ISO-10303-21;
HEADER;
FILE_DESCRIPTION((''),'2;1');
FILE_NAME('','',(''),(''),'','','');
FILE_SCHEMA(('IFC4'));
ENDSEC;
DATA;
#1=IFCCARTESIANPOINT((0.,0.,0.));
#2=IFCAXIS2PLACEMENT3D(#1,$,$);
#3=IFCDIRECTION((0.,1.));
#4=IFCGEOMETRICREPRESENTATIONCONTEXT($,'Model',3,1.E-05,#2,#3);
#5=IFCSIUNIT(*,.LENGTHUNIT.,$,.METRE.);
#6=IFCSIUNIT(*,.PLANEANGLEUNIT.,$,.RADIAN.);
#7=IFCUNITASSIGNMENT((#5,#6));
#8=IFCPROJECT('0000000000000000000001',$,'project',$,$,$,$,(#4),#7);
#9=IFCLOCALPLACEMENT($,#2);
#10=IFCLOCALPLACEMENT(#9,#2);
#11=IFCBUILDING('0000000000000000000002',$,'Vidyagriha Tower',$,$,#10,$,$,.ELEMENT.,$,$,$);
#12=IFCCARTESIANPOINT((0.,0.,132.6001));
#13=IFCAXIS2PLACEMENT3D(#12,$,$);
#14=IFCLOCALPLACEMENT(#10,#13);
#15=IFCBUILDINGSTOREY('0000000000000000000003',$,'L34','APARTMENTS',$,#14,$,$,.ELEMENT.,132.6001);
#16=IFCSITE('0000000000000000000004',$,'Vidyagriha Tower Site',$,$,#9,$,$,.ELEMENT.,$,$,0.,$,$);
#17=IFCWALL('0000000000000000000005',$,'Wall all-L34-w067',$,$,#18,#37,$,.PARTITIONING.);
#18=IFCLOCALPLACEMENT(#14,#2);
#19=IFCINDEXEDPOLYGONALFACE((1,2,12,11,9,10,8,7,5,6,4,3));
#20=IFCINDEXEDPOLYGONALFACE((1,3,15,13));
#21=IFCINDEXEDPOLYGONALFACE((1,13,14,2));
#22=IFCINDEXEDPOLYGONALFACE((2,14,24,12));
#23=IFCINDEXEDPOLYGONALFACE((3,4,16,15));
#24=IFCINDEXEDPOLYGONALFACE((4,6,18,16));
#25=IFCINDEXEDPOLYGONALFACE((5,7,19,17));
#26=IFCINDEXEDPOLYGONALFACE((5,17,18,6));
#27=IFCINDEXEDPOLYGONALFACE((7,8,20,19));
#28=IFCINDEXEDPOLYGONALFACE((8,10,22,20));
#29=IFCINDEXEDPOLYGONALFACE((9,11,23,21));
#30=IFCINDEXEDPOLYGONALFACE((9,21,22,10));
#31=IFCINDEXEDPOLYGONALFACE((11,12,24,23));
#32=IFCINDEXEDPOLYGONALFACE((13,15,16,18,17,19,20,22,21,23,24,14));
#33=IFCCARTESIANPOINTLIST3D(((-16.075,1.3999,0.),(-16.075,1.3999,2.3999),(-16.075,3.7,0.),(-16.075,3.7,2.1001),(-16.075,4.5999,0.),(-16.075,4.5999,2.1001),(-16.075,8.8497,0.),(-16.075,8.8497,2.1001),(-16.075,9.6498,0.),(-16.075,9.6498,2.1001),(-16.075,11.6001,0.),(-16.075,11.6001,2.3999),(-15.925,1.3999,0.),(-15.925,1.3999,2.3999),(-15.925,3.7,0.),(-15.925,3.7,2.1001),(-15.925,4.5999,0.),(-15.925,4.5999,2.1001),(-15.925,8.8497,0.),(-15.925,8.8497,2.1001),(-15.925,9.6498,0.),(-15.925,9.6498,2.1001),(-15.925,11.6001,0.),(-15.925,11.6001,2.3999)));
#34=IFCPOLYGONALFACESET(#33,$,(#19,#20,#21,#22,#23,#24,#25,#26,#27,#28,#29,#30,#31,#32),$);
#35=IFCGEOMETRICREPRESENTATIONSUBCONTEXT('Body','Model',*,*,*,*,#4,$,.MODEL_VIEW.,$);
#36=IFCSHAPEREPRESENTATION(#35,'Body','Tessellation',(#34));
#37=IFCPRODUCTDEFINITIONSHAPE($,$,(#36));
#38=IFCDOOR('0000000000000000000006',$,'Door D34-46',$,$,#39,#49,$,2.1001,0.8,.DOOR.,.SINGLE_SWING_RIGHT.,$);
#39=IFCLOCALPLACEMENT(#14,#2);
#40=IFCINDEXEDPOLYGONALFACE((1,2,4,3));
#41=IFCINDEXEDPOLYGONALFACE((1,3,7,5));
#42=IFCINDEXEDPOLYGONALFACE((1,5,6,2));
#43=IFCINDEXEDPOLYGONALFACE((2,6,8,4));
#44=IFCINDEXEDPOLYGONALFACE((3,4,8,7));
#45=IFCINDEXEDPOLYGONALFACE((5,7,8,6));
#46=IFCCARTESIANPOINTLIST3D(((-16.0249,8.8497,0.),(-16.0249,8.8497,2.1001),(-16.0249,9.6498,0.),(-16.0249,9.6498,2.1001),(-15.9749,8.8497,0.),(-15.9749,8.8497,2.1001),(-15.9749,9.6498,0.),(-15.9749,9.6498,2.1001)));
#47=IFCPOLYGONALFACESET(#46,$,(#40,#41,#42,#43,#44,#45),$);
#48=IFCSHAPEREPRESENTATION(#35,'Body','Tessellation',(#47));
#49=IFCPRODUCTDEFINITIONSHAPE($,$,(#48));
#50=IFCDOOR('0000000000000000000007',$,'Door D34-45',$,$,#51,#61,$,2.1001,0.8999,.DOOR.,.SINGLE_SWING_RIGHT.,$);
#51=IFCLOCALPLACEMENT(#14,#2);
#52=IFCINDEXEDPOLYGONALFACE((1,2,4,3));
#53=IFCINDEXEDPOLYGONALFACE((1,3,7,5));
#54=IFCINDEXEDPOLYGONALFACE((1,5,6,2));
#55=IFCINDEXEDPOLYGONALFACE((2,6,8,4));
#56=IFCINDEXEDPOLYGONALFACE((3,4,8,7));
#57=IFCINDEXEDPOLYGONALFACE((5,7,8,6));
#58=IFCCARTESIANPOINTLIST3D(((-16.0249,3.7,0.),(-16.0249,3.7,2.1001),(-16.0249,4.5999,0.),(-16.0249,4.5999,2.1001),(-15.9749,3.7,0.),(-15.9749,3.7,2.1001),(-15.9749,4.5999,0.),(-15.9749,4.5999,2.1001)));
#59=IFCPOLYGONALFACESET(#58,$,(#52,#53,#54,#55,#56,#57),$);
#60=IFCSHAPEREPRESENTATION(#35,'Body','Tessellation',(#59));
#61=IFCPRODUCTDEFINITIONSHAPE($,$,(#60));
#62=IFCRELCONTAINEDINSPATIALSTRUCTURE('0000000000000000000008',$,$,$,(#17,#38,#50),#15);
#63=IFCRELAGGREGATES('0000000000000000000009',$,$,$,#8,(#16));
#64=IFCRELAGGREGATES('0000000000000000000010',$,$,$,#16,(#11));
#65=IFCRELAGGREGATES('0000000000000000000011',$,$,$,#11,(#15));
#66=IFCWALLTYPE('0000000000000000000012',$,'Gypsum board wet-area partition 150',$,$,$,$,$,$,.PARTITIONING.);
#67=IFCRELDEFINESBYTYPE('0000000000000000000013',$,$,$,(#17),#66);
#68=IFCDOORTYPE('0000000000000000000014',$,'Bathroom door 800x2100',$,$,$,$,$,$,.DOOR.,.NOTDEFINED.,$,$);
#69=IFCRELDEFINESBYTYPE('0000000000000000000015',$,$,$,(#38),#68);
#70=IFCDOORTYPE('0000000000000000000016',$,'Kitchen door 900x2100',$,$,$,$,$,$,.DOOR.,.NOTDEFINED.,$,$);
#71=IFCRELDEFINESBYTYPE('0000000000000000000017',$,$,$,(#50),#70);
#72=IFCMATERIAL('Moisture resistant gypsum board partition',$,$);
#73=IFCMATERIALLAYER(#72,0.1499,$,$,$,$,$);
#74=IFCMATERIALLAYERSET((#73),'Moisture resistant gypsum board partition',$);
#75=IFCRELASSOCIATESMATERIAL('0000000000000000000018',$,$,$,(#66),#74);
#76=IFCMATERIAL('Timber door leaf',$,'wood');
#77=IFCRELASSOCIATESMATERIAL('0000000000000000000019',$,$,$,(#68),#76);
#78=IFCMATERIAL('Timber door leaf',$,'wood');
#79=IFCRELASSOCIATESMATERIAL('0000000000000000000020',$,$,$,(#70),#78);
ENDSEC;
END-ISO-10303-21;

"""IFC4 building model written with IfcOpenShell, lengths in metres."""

from ifc_helpers import new_model, si_unit, direction, frame, frame_2d, origin, place, context, subcontext, project, spatial, rectangle, extrude, material, layer, layer_set, type_object, element, fill, save


model = new_model("IFC4")

# Units and contexts
model_context = context("Model", 3, precision=1e-05, world=origin(), true_north=direction((0.0, 1.0)))
body_context = subcontext(model_context, "Body", "Model", "MODEL_VIEW")
ifc_project = project(units=[si_unit("LENGTHUNIT", "METRE"), si_unit("PLANEANGLEUNIT", "RADIAN")], contexts=[model_context])

# Site, building, storey
site_placement = place(None, origin())
site = spatial("IfcSite", under=ifc_project, at=site_placement, Name="Vidyagriha Tower Site", CompositionType="ELEMENT", RefElevation=0.0)
building_placement = place(site_placement, origin())
building = spatial("IfcBuilding", under=site, at=building_placement, Name="Vidyagriha Tower", CompositionType="ELEMENT")
storey_placement = place(building_placement, frame((0.0, 0.0, 132.6001)))
storey = spatial("IfcBuildingStorey", under=building, at=storey_placement, Name="L34", Description="APARTMENTS", CompositionType="ELEMENT", Elevation=132.6001)

# Wall, openings, doors
ifc_material_1 = material(Name="Moisture resistant gypsum board partition")
ifc_layer_1 = layer(ifc_material_1, 0.1499)
ifc_layer_set_1 = layer_set([ifc_layer_1], Name="Moisture resistant gypsum board partition")
wall_type_1 = type_object("IfcWallType", Name="Gypsum board wet-area partition 150", PredefinedType="PARTITIONING", material=ifc_layer_set_1)
wall_1_placement = place(storey_placement, frame((-16.0, 1.3999, 0.0), z_axis=(0.0, 0.0, 1.0), x_axis=(0.0, 1.0, 0.0)))
wall_1 = element("IfcWall", 1, at=wall_1_placement, inside=storey, type_object=wall_type_1, Name="Wall all-L34-w067", PredefinedType="PARTITIONING", context=body_context, shape_type="SweptSolid", body=[
    extrude(rectangle(XDim=10.2002, YDim=0.1499, at=frame_2d((5.1001, 0.0))), origin(), (0.0, 0.0, 1.0), 2.3999),
])
opening_1_placement = place(wall_1_placement, frame((2.3, 0.0, 0.0)))
opening_1 = element("IfcOpeningElement", 2, at=opening_1_placement, cuts=wall_1, PredefinedType="OPENING", context=body_context, shape_type="SweptSolid", body=[
    extrude(rectangle(XDim=0.8999, YDim=2.1001, at=frame_2d((0.45, 1.05))), frame((0.0, 0.085, 0.0), z_axis=(0.0, -1.0, 0.0), x_axis=(1.0, 0.0, 0.0)), (0.0, 0.0, 1.0), 0.1699),
])
opening_2_placement = place(wall_1_placement, frame((7.45, 0.0, 0.0)))
opening_2 = element("IfcOpeningElement", 3, at=opening_2_placement, cuts=wall_1, PredefinedType="OPENING", context=body_context, shape_type="SweptSolid", body=[
    extrude(rectangle(XDim=0.8, YDim=2.1001, at=frame_2d((0.3999, 1.05))), frame((0.0, 0.085, 0.0), z_axis=(0.0, -1.0, 0.0), x_axis=(1.0, 0.0, 0.0)), (0.0, 0.0, 1.0), 0.1699),
])
ifc_material_2 = material(Name="Timber door leaf", Category="wood")
door_type_1 = type_object("IfcDoorType", Name="Bathroom door 800x2100", OperationType="NOTDEFINED", PredefinedType="DOOR", material=ifc_material_2)
door_1_placement = place(opening_2_placement, origin())
door_1 = element("IfcDoor", 4, at=door_1_placement, inside=storey, type_object=door_type_1, Name="Door D34-46", OperationType="SINGLE_SWING_RIGHT", OverallHeight=2.1001, OverallWidth=0.8, PredefinedType="DOOR", context=body_context, shape_type="SweptSolid", body=[
    extrude(rectangle(XDim=0.8, YDim=2.1001, at=frame_2d((0.3999, 1.05))), frame((0.0, 0.0249, 0.0), z_axis=(0.0, -1.0, 0.0), x_axis=(1.0, 0.0, 0.0)), (0.0, 0.0, 1.0), 0.05),
])
fill(opening_2, door_1)
ifc_material_3 = material(Name="Timber door leaf", Category="wood")
door_type_2 = type_object("IfcDoorType", Name="Kitchen door 900x2100", OperationType="NOTDEFINED", PredefinedType="DOOR", material=ifc_material_3)
door_2_placement = place(opening_1_placement, origin())
door_2 = element("IfcDoor", 5, at=door_2_placement, inside=storey, type_object=door_type_2, Name="Door D34-45", OperationType="SINGLE_SWING_RIGHT", OverallHeight=2.1001, OverallWidth=0.8999, PredefinedType="DOOR", context=body_context, shape_type="SweptSolid", body=[
    extrude(rectangle(XDim=0.8999, YDim=2.1001, at=frame_2d((0.45, 1.05))), frame((0.0, 0.0249, 0.0), z_axis=(0.0, -1.0, 0.0), x_axis=(1.0, 0.0, 0.0)), (0.0, 0.0, 1.0), 0.05),
])
fill(opening_1, door_2)

save(model, "model.ifc")
